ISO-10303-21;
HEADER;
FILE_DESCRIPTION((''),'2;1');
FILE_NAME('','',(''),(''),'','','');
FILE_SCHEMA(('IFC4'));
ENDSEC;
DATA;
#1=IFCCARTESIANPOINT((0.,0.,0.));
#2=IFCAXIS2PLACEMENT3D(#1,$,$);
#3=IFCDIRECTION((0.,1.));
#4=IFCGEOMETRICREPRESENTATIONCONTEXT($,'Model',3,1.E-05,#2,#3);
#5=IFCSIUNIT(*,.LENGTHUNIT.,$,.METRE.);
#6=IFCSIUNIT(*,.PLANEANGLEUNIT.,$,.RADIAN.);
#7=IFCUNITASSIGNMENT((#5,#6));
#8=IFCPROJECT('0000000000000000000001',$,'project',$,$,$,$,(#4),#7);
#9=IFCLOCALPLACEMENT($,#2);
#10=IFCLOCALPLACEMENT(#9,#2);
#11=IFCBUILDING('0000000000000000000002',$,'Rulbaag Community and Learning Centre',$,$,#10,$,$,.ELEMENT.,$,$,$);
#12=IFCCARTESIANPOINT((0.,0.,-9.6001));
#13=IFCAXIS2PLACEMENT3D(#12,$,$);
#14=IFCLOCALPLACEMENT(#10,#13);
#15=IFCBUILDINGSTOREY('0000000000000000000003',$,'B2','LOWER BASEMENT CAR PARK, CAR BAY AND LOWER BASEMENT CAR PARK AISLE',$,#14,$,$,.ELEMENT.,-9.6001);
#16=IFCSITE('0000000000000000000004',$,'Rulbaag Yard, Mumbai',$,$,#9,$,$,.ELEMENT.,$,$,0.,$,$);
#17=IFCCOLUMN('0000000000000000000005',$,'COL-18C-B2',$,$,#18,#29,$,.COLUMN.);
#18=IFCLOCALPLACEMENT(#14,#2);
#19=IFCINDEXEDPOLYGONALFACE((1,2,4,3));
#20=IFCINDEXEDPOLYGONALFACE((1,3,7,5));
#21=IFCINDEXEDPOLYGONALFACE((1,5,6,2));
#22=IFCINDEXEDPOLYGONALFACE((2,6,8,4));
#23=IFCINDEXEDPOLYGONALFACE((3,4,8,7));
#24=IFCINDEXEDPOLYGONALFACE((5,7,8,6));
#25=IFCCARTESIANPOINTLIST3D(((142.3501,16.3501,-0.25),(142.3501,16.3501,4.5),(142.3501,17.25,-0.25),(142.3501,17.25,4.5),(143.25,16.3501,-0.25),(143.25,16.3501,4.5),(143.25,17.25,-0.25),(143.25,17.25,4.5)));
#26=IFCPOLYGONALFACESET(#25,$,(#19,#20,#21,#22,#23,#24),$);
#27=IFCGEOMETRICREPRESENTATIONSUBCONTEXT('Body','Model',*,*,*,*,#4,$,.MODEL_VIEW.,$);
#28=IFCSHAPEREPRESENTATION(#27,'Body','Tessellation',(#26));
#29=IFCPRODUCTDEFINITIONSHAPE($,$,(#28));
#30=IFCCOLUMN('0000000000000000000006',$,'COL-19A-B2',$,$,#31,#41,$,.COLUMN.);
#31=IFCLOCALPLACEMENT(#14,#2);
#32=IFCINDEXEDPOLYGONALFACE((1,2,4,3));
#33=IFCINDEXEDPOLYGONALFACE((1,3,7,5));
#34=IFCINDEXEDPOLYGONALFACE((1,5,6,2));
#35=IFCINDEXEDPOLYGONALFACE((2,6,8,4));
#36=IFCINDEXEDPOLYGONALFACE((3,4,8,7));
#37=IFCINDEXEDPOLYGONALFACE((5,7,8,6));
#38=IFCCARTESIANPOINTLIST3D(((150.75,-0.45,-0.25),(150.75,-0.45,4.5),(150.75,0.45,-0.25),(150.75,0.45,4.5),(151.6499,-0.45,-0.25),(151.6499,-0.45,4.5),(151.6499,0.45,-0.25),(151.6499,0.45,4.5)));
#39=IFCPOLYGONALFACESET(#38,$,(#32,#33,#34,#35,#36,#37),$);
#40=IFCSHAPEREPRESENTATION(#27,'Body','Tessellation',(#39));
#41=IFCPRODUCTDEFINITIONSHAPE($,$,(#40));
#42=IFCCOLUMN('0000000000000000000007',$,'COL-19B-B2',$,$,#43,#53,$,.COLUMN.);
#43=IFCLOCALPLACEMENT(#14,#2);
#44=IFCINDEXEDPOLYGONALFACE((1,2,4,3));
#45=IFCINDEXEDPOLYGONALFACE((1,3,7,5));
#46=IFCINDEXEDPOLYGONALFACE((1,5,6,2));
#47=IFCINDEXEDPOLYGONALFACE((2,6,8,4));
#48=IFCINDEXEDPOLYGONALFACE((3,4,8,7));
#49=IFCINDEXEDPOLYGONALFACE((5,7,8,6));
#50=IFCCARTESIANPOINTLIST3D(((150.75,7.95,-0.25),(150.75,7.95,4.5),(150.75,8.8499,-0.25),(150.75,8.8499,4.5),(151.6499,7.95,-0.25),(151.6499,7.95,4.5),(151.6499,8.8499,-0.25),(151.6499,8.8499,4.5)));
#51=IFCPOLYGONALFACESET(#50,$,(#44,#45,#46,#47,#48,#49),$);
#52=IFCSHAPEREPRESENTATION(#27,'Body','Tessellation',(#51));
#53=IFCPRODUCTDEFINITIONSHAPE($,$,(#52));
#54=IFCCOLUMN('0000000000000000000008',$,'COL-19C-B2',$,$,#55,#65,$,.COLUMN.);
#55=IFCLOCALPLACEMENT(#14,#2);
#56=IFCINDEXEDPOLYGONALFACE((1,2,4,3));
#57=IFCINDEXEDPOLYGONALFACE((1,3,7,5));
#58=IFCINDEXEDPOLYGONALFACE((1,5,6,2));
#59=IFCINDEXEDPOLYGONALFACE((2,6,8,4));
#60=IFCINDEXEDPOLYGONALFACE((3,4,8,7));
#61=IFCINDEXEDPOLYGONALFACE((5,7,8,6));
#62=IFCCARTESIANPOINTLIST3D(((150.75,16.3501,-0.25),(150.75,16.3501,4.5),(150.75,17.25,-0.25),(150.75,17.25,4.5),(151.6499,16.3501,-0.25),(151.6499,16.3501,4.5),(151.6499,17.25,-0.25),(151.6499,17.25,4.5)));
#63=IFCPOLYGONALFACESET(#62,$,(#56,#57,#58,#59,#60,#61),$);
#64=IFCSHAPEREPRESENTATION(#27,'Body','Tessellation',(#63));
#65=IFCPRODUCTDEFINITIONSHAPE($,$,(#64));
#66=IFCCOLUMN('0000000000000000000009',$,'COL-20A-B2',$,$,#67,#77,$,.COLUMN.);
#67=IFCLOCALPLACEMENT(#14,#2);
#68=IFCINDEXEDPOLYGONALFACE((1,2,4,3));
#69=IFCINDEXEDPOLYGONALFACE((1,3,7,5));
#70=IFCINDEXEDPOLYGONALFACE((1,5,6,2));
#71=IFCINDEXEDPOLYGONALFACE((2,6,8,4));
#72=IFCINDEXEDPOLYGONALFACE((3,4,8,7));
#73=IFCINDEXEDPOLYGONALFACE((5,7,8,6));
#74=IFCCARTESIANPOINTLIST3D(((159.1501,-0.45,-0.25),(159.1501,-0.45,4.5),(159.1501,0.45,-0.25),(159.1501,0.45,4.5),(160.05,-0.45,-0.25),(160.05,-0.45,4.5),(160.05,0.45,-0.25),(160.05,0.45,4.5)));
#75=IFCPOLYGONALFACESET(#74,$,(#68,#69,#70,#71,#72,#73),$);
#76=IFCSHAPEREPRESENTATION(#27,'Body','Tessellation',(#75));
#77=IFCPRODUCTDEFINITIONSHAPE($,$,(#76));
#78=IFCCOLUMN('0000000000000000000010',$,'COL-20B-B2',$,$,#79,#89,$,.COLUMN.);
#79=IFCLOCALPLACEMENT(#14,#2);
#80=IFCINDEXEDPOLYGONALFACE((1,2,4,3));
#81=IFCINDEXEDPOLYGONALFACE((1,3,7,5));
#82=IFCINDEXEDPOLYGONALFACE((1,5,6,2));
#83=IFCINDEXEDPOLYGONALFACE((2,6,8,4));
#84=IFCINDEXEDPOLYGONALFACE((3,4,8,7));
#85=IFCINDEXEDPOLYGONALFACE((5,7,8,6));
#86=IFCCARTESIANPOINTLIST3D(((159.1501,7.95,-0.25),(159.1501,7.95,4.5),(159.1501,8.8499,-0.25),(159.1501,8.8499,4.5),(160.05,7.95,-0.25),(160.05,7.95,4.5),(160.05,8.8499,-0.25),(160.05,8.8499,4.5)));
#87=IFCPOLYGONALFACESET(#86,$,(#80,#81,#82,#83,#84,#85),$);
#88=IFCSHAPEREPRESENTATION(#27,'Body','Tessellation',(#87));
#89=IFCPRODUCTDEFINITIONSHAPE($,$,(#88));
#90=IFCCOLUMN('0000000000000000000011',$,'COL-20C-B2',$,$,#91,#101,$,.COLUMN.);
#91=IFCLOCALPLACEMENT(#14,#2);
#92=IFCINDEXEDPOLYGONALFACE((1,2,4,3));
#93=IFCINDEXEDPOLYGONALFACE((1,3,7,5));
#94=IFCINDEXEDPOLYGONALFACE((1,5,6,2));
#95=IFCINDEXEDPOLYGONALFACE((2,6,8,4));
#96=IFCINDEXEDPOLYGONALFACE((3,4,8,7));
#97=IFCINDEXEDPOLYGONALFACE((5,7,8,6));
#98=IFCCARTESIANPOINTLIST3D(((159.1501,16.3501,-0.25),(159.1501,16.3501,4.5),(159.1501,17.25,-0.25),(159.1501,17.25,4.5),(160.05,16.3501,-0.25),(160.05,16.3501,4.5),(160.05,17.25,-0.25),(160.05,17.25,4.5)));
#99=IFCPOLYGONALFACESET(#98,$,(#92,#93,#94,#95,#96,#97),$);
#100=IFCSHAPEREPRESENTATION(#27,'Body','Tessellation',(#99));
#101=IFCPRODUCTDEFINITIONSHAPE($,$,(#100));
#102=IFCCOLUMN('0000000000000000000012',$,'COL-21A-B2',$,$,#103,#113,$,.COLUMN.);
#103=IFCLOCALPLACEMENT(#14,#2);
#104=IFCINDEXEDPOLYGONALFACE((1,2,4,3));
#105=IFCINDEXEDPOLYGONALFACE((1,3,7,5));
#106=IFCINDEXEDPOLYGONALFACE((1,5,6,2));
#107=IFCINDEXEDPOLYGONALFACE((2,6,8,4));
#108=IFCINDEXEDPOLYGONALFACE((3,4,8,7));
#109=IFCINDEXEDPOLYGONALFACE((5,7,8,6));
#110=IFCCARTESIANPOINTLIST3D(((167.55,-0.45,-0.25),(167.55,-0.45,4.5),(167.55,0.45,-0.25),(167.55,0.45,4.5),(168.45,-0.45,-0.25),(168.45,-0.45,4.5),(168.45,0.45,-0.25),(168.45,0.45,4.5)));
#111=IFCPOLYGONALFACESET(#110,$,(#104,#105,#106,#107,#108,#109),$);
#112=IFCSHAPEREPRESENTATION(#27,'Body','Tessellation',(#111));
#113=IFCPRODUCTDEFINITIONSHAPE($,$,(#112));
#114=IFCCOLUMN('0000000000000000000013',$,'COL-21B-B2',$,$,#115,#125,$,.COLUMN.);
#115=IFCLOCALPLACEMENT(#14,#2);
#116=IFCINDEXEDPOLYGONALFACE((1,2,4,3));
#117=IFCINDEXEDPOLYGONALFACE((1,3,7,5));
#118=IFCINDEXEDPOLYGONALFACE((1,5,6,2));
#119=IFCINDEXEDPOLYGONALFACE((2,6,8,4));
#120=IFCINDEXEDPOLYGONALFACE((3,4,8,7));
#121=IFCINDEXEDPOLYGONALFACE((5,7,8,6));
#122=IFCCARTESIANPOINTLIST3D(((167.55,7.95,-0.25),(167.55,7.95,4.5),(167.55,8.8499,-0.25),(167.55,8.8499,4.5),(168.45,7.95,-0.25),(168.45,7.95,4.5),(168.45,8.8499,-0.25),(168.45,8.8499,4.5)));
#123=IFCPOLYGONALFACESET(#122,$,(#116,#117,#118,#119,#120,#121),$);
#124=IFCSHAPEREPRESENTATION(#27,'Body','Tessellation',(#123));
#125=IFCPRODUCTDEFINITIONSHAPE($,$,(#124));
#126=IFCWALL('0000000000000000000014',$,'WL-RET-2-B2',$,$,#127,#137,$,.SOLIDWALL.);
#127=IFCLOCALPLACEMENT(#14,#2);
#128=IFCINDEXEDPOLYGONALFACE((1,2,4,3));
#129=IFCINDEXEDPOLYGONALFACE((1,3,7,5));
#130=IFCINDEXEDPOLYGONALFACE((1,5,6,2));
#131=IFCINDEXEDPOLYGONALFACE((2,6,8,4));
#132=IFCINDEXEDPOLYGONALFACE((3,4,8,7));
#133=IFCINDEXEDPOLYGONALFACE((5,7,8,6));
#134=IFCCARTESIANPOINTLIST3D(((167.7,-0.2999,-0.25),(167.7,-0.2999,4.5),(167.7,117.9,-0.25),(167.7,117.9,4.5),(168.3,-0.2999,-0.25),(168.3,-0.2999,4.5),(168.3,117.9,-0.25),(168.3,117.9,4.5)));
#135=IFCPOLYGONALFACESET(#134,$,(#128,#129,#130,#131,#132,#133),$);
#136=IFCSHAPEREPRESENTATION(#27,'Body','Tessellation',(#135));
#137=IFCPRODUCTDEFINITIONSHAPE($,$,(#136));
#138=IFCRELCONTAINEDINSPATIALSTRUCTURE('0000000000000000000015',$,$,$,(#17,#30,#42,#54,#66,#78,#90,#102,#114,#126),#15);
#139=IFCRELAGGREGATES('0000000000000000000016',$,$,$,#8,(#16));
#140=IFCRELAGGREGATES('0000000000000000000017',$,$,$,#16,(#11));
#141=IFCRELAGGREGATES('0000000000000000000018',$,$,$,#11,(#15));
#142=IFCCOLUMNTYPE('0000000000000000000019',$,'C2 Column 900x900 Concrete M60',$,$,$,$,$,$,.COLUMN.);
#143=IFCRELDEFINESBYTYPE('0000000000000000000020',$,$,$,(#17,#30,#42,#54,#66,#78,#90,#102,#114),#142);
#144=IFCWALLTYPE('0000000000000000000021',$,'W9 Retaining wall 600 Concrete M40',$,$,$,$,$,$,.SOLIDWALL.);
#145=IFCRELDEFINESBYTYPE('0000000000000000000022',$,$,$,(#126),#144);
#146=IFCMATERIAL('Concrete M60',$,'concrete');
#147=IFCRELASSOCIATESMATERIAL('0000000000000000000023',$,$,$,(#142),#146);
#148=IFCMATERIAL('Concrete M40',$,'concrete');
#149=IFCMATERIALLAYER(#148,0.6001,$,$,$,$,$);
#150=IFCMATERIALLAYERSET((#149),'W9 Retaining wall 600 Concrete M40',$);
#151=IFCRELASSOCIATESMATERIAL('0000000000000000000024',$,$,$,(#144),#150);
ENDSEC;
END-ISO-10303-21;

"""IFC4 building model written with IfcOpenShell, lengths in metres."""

from ifc_helpers import new_model, si_unit, direction, frame, frame_2d, origin, origin_2d, place, context, subcontext, project, spatial, rectangle, extrude, material, layer, layer_set, material_profile, profile_set, type_object, element, save


model = new_model("IFC4")

# Units and contexts
model_context = context("Model", 3, precision=1e-05, world=origin(), true_north=direction((0.0, 1.0)))
body_context = subcontext(model_context, "Body", "Model", "MODEL_VIEW")
ifc_project = project(units=[si_unit("LENGTHUNIT", "METRE"), si_unit("PLANEANGLEUNIT", "RADIAN")], contexts=[model_context])

# Site, building, storey
site_placement = place(None, origin())
site = spatial("IfcSite", under=ifc_project, at=site_placement, Name="Rulbaag Yard, Mumbai", CompositionType="ELEMENT", RefElevation=0.0)
building_placement = place(site_placement, origin())
building = spatial("IfcBuilding", under=site, at=building_placement, Name="Rulbaag Community and Learning Centre", CompositionType="ELEMENT")
storey_placement = place(building_placement, frame((0.0, 0.0, -9.6001)))
storey = spatial("IfcBuildingStorey", under=building, at=storey_placement, Name="B2", Description="LOWER BASEMENT CAR PARK, CAR BAY AND LOWER BASEMENT CAR PARK AISLE", CompositionType="ELEMENT", Elevation=-9.6001)

# Columns
ifc_material_1 = material(Name="Concrete M60", Category="concrete")
ifc_material_profile_1 = material_profile(ifc_material_1, rectangle(XDim=0.8999, YDim=0.8999, at=origin_2d()), Name="RC900x900")
ifc_profile_set_1 = profile_set([ifc_material_profile_1], Name="Concrete M60")
column_type = type_object("IfcColumnType", Name="C2 Column 900x900 Concrete M60", PredefinedType="COLUMN", material=ifc_profile_set_1)
for number, where, z_axis, x_axis, name in (
    (1, (142.8, 16.8, -0.25), (0.0, 0.0, 1.0), (1.0, 0.0, 0.0), "COL-18C-B2"),
    (2, (151.2, 0.0, -0.25), (0.0, 0.0, 1.0), (1.0, 0.0, 0.0), "COL-19A-B2"),
    (3, (151.2, 8.3999, -0.25), (0.0, 0.0, 1.0), (1.0, 0.0, 0.0), "COL-19B-B2"),
    (4, (151.2, 16.8, -0.25), (0.0, 0.0, 1.0), (1.0, 0.0, 0.0), "COL-19C-B2"),
    (5, (159.6001, 0.0, -0.25), (0.0, 0.0, 1.0), (1.0, 0.0, 0.0), "COL-20A-B2"),
    (6, (159.6001, 8.3999, -0.25), (0.0, 0.0, 1.0), (1.0, 0.0, 0.0), "COL-20B-B2"),
    (7, (159.6001, 16.8, -0.25), (0.0, 0.0, 1.0), (1.0, 0.0, 0.0), "COL-20C-B2"),
    (8, (168.0, 0.0, -0.25), (0.0, 0.0, 1.0), (1.0, 0.0, 0.0), "COL-21A-B2"),
    (9, (168.0, 8.3999, -0.25), (0.0, 0.0, 1.0), (1.0, 0.0, 0.0), "COL-21B-B2"),
):
    element("IfcColumn", number, at=place(storey_placement, frame(where, z_axis=z_axis, x_axis=x_axis)), inside=storey, type_object=column_type, Name=name, PredefinedType="COLUMN", context=body_context, shape_type="SweptSolid", body=[
        extrude(rectangle(XDim=0.8999, YDim=0.8999, at=origin_2d()), origin(), (0.0, 0.0, 1.0), 4.75),
    ])

# Wall
ifc_material_2 = material(Name="Concrete M40", Category="concrete")
ifc_layer = layer(ifc_material_2, 0.6001)
ifc_layer_set = layer_set([ifc_layer], Name="W9 Retaining wall 600 Concrete M40")
wall_type = type_object("IfcWallType", Name="W9 Retaining wall 600 Concrete M40", PredefinedType="SOLIDWALL", material=ifc_layer_set)
wall_placement = place(storey_placement, frame((168.0, -0.3, -0.25), z_axis=(0.0, 0.0, 1.0), x_axis=(0.0, 1.0, 0.0)))
element("IfcWall", 10, at=wall_placement, inside=storey, type_object=wall_type, Name="WL-RET-2-B2", PredefinedType="SOLIDWALL", context=body_context, shape_type="SweptSolid", body=[
    extrude(rectangle(XDim=118.2, YDim=0.6001, at=frame_2d((59.1001, 0.0))), origin(), (0.0, 0.0, 1.0), 4.75),
])

save(model, "model.ifc")
